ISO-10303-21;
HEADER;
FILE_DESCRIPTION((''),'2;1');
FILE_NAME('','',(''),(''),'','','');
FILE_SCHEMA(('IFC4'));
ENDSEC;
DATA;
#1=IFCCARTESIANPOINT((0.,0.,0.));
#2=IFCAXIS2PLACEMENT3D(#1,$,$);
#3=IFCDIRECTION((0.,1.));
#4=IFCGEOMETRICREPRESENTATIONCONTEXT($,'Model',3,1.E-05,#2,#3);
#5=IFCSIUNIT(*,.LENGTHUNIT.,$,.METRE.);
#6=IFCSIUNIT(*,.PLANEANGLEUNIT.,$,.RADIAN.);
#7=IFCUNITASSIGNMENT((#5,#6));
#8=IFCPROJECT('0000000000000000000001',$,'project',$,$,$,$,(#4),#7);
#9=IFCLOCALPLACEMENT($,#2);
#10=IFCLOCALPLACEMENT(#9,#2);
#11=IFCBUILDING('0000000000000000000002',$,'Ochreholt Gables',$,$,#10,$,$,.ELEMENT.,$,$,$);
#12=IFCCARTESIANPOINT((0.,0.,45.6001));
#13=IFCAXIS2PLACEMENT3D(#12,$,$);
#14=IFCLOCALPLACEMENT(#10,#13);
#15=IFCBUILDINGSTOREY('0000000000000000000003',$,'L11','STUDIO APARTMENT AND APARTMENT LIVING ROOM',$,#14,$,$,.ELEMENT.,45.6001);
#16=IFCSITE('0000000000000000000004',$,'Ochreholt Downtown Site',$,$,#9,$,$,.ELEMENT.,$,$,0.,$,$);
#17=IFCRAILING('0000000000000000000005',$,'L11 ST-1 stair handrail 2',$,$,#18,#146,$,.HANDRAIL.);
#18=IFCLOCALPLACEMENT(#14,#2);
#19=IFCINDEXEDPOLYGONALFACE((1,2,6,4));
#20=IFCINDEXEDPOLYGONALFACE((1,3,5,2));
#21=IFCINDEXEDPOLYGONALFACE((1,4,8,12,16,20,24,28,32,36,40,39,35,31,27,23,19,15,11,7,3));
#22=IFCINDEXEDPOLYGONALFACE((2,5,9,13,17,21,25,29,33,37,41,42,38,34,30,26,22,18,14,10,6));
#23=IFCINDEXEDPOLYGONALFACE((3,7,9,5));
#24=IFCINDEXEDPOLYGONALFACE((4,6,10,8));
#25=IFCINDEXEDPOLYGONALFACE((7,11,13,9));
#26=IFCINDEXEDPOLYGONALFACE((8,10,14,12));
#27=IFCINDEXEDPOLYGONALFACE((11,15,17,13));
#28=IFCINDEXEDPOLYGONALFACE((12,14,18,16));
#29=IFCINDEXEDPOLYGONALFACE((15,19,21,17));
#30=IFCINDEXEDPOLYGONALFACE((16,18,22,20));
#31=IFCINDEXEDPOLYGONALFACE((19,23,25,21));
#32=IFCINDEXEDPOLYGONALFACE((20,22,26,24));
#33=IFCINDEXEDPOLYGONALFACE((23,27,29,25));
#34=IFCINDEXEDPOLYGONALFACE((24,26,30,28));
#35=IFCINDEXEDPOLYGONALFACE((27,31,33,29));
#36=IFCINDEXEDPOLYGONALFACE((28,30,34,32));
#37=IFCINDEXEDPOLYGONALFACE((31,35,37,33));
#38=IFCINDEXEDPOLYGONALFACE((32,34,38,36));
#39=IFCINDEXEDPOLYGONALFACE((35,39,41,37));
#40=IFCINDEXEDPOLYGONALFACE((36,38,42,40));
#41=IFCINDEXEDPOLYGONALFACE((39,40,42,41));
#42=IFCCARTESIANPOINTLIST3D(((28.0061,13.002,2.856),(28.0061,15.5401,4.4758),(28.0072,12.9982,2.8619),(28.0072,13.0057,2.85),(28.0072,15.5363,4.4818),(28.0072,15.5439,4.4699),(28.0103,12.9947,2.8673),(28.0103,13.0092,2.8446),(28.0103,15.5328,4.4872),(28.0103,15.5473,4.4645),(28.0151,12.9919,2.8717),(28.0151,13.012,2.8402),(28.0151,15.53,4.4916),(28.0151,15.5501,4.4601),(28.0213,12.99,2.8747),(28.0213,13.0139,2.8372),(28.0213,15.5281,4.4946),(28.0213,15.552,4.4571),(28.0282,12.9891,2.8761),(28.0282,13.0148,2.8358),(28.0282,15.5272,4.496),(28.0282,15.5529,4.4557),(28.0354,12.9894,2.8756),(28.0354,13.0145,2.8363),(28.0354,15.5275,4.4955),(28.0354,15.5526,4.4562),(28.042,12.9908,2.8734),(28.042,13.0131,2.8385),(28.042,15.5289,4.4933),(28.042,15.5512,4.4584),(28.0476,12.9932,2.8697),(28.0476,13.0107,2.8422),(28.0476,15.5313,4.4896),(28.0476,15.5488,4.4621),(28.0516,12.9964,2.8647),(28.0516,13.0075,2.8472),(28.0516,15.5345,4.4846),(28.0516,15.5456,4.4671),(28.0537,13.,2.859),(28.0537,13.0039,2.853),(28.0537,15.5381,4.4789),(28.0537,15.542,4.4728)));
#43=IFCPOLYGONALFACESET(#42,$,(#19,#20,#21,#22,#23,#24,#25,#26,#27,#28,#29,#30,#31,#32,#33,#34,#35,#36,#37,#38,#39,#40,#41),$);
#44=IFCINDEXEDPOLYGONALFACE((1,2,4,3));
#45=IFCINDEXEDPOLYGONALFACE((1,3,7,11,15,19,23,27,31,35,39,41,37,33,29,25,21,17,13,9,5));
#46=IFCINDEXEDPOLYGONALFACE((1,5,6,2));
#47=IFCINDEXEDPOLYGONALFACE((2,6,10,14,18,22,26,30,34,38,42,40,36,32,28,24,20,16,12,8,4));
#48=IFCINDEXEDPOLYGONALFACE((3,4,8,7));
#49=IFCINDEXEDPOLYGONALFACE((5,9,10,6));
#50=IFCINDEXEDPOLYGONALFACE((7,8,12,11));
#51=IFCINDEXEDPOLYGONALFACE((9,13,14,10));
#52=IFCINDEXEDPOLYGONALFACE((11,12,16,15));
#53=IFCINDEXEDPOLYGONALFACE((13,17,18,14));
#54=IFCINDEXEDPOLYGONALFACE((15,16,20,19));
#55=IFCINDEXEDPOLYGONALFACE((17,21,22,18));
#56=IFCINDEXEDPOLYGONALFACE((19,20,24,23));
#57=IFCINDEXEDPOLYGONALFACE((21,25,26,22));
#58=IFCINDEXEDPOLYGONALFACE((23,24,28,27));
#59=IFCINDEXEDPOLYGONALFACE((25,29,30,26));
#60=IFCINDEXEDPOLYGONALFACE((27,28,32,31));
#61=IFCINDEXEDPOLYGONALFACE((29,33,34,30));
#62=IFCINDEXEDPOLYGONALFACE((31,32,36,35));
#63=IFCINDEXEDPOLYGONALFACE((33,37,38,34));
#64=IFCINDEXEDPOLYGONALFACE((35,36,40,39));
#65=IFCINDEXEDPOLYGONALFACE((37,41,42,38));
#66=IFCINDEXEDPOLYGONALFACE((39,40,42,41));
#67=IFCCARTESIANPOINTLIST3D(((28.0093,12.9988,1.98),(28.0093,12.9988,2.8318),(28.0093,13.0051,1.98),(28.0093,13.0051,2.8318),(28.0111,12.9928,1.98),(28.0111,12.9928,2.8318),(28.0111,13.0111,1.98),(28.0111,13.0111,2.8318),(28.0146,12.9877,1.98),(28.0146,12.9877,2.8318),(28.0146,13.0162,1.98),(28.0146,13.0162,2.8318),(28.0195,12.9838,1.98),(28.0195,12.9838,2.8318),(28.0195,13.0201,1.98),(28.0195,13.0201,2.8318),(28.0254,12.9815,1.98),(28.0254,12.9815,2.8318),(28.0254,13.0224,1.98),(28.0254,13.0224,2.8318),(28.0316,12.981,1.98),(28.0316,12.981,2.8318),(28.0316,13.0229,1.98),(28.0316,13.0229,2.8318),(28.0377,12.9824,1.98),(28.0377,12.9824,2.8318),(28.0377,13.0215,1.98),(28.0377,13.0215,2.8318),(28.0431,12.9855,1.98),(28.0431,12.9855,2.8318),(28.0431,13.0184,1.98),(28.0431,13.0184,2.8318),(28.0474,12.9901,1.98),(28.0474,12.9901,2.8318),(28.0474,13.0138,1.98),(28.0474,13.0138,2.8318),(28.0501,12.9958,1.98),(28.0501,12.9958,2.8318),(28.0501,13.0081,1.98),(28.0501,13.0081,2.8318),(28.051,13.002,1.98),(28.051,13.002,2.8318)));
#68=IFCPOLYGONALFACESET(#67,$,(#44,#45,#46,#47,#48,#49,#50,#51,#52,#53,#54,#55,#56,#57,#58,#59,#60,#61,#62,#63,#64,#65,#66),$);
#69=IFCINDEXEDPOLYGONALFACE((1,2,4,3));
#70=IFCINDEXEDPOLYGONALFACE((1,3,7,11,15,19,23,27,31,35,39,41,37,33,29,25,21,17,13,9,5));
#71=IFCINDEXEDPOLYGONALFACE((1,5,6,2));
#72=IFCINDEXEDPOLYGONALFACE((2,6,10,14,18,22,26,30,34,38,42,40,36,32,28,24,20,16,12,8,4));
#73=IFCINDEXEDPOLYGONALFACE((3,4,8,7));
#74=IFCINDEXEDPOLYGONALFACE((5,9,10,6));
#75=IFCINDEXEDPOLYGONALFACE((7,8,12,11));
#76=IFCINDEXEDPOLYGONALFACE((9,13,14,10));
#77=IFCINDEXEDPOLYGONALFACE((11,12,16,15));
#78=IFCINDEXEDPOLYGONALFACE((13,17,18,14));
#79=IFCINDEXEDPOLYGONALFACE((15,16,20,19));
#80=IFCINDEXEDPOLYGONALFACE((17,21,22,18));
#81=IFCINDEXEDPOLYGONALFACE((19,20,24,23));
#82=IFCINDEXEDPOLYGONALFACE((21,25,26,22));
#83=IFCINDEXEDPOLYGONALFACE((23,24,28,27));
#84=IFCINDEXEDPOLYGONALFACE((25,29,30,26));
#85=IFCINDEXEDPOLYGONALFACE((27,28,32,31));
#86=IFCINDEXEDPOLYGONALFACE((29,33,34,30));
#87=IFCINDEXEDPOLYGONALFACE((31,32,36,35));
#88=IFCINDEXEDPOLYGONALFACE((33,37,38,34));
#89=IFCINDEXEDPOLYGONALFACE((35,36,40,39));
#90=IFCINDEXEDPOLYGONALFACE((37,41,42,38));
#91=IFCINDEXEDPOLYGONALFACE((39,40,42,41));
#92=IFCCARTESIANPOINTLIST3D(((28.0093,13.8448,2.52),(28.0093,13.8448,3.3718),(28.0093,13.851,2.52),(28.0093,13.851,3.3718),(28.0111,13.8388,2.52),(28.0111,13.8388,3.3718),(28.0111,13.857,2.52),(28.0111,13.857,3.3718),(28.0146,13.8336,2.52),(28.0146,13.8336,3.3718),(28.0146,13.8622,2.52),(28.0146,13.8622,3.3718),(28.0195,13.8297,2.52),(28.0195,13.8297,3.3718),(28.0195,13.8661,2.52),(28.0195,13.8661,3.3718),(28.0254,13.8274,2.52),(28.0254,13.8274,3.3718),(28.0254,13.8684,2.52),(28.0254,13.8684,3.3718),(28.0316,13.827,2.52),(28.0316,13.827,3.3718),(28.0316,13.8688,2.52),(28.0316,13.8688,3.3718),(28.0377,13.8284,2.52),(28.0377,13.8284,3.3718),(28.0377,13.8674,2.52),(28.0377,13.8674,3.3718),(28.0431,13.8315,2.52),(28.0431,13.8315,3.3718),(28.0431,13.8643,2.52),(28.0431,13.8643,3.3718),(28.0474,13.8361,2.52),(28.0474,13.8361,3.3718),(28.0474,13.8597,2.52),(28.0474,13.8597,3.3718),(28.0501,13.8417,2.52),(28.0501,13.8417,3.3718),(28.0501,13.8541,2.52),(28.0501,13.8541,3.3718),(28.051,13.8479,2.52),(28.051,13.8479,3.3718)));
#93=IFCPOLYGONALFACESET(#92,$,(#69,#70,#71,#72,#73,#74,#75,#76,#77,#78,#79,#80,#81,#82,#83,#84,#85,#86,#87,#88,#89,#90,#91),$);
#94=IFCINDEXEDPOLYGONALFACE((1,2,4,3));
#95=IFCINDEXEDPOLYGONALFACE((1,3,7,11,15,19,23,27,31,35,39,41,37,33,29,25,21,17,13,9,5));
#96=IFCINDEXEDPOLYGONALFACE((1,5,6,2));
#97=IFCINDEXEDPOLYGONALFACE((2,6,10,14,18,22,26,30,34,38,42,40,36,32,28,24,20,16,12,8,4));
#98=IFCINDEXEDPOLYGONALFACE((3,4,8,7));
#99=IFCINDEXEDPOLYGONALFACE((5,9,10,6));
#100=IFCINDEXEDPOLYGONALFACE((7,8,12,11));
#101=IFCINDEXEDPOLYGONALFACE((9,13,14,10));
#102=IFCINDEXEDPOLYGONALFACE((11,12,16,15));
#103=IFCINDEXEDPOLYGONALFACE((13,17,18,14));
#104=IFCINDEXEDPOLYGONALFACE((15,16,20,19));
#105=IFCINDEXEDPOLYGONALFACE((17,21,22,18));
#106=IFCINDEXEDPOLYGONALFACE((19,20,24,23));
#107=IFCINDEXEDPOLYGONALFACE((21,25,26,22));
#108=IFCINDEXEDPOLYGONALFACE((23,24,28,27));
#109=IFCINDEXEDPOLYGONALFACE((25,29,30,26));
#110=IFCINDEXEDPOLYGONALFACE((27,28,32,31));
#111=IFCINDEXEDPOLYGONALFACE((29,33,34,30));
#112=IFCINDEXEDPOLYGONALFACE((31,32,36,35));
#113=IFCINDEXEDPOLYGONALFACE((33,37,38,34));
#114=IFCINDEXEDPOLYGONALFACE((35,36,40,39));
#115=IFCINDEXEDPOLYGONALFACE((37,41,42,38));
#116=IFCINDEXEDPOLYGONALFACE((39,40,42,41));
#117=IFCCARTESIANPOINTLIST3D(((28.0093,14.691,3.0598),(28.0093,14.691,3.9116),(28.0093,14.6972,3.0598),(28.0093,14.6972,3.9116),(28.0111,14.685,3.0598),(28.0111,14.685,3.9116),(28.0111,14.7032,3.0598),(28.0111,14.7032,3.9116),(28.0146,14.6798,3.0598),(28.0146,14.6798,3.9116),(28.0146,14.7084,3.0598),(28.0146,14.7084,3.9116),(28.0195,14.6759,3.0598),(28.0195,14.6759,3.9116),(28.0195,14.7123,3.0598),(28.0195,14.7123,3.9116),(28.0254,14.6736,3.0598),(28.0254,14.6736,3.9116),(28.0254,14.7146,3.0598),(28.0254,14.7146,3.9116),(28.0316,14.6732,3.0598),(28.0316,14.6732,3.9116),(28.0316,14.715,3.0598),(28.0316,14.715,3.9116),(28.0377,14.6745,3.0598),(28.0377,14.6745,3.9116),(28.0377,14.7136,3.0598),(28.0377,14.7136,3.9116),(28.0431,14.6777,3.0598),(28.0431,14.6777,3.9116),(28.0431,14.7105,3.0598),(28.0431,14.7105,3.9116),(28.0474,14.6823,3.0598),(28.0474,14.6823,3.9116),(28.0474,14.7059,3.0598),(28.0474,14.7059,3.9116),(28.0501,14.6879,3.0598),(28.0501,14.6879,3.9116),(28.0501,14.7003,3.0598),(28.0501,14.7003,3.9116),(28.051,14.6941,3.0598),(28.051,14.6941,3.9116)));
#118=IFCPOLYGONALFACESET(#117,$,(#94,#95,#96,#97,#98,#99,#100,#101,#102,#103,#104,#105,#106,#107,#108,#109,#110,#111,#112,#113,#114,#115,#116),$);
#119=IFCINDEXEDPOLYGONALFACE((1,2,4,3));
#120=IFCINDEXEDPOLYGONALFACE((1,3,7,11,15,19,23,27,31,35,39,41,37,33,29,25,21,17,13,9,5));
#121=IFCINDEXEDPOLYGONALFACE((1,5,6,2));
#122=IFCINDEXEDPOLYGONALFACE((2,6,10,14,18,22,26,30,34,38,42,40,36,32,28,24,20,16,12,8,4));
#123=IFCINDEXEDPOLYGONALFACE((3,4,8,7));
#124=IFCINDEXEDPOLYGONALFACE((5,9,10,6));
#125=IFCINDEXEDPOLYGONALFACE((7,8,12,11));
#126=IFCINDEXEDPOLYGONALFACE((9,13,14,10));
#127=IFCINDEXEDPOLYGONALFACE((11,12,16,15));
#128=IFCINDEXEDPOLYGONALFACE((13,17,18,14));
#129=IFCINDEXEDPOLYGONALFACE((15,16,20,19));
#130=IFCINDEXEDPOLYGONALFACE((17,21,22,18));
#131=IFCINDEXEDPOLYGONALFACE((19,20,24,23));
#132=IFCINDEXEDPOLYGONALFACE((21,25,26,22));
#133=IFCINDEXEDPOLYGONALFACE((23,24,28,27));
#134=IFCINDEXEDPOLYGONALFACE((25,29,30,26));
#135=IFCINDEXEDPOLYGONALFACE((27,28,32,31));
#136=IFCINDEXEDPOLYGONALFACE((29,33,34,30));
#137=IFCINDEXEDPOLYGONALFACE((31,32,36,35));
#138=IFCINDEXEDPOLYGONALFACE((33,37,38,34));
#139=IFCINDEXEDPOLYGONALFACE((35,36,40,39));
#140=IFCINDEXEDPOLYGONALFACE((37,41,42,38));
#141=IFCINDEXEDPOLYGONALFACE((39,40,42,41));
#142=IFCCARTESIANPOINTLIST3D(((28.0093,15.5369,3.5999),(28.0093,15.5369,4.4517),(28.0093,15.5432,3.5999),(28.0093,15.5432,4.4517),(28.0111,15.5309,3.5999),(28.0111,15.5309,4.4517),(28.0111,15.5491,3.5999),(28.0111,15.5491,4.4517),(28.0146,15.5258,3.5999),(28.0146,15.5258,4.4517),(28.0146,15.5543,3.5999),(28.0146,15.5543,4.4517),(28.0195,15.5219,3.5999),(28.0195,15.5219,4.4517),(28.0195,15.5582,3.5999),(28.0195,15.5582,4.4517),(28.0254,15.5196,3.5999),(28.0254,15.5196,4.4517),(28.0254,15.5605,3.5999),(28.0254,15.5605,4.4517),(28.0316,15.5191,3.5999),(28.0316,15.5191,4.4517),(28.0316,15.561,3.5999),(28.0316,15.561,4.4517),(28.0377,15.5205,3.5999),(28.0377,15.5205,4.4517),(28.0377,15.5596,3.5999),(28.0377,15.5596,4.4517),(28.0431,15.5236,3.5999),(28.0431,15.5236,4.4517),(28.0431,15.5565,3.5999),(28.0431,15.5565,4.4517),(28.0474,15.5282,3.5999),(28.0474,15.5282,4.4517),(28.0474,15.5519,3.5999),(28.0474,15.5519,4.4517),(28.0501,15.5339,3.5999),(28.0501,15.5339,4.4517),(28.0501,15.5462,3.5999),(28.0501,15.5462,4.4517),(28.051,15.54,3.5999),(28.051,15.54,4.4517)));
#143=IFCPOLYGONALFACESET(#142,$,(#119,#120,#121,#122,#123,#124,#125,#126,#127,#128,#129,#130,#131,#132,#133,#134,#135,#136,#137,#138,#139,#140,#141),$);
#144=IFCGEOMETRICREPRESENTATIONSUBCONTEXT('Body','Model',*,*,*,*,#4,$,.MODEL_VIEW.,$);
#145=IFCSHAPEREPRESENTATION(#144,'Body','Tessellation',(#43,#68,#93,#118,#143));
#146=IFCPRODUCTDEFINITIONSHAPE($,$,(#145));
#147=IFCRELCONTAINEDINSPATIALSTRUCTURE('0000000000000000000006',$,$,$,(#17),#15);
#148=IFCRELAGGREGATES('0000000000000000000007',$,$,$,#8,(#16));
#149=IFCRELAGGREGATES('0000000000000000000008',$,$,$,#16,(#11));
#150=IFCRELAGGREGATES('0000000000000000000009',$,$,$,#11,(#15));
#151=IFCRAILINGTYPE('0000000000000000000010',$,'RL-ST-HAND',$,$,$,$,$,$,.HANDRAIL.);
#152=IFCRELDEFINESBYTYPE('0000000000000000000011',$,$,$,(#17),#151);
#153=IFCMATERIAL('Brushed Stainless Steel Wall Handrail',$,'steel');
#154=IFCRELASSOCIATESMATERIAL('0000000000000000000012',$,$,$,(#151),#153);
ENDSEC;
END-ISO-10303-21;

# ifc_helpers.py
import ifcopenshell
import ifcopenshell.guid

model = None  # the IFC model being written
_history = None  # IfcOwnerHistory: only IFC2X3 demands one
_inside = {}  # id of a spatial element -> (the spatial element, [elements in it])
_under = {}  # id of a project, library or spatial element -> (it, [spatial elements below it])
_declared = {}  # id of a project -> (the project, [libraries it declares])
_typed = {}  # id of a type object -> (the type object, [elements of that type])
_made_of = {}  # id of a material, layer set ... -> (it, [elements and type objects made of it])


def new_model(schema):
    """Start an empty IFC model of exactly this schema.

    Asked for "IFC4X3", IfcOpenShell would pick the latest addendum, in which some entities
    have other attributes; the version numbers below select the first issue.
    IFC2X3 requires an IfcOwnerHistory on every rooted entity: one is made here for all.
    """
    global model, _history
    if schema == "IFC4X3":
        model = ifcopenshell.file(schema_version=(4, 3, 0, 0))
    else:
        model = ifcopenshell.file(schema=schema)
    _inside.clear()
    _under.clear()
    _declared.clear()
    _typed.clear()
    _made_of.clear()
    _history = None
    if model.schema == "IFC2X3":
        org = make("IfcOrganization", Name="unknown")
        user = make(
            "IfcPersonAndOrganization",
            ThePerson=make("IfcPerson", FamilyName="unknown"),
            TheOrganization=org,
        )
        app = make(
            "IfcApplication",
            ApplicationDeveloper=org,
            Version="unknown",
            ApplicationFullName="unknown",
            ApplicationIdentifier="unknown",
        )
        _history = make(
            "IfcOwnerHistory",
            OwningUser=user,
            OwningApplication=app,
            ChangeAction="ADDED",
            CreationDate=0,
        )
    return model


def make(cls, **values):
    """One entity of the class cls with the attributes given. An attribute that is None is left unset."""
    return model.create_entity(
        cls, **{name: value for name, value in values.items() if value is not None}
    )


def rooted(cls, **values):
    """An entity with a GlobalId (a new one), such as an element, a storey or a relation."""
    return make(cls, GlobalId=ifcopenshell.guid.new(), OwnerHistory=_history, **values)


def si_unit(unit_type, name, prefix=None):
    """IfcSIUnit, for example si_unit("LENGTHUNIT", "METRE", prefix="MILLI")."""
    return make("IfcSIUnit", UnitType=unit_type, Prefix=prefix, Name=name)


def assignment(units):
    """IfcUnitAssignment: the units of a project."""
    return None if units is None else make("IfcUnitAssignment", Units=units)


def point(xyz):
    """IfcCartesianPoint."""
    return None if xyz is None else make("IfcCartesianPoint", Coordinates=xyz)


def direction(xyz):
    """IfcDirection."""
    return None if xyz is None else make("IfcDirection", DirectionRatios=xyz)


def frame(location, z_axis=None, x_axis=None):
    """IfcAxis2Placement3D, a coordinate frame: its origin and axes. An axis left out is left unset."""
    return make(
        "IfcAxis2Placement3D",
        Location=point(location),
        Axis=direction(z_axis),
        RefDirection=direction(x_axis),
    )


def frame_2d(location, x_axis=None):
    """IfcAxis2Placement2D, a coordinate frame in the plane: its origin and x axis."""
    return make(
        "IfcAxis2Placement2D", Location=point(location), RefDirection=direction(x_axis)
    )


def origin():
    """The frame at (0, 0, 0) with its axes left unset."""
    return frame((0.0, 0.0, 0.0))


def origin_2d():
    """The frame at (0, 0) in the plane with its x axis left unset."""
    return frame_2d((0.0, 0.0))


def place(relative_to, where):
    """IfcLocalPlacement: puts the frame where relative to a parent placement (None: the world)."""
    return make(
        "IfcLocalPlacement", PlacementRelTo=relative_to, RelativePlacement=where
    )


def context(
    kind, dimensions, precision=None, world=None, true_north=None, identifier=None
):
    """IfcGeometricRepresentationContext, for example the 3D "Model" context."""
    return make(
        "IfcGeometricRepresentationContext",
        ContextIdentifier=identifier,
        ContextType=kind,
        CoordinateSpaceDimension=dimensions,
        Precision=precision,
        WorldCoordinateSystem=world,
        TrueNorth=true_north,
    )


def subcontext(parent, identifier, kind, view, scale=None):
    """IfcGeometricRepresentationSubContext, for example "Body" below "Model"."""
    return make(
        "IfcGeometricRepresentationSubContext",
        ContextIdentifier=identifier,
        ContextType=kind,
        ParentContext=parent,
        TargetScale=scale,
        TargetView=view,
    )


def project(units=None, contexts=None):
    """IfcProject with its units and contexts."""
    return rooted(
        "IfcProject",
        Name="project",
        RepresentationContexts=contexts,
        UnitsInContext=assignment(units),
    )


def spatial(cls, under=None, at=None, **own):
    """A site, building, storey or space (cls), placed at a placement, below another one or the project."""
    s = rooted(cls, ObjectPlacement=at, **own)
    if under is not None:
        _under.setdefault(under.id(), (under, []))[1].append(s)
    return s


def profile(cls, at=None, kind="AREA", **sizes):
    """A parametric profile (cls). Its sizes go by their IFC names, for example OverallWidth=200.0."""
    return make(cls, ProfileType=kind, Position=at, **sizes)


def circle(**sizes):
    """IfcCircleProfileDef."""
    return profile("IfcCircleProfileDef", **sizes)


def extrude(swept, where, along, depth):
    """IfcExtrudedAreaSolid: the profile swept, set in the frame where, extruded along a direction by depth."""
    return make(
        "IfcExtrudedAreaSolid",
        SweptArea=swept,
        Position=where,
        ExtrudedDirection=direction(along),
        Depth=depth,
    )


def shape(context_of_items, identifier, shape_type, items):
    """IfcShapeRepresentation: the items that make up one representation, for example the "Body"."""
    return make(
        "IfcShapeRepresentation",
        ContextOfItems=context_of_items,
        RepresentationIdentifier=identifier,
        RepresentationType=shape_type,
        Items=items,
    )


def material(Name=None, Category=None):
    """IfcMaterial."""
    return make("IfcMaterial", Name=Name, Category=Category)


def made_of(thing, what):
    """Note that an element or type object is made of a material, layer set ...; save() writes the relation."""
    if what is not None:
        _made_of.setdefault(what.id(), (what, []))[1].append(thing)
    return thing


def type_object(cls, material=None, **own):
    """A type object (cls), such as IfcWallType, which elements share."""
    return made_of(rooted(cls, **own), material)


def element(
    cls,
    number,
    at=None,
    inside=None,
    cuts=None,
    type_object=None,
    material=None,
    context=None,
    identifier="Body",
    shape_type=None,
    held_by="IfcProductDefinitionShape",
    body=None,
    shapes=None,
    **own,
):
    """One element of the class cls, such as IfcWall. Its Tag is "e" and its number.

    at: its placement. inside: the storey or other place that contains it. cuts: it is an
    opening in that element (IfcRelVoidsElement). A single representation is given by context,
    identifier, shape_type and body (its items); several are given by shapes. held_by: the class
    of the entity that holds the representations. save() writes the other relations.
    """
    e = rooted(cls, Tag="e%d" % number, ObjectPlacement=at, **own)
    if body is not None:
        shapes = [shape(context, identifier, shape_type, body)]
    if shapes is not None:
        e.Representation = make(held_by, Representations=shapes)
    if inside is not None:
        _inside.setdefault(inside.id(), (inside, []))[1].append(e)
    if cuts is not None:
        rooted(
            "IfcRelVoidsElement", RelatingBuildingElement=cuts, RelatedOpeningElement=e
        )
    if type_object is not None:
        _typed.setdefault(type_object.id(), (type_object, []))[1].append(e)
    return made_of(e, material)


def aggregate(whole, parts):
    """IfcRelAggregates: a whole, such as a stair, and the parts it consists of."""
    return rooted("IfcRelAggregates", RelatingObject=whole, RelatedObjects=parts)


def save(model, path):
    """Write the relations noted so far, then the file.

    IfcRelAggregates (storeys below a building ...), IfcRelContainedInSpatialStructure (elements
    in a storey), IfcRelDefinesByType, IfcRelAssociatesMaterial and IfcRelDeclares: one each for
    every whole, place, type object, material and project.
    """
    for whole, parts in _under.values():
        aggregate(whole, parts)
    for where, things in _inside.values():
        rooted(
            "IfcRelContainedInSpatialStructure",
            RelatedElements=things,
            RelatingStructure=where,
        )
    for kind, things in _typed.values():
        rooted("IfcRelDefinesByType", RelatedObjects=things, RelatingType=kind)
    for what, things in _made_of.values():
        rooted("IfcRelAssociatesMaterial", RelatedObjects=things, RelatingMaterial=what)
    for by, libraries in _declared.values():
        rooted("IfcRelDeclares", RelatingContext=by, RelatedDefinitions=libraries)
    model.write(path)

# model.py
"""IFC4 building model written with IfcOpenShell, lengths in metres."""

from ifc_helpers import new_model, si_unit, direction, frame, origin, origin_2d, place, context, subcontext, project, spatial, circle, extrude, material, type_object, element, save


model = new_model("IFC4")

# Units and contexts
model_context = context("Model", 3, precision=1e-05, world=origin(), true_north=direction((0.0, 1.0)))
body_context = subcontext(model_context, "Body", "Model", "MODEL_VIEW")
ifc_project = project(units=[si_unit("LENGTHUNIT", "METRE"), si_unit("PLANEANGLEUNIT", "RADIAN")], contexts=[model_context])

# Site, building, storey
site_placement = place(None, origin())
site = spatial("IfcSite", under=ifc_project, at=site_placement, Name="Ochreholt Downtown Site", CompositionType="ELEMENT", RefElevation=0.0)
building_placement = place(site_placement, origin())
building = spatial("IfcBuilding", under=site, at=building_placement, Name="Ochreholt Gables", CompositionType="ELEMENT")
storey_placement = place(building_placement, frame((0.0, 0.0, 45.6001)))
storey = spatial("IfcBuildingStorey", under=building, at=storey_placement, Name="L11", Description="STUDIO APARTMENT AND APARTMENT LIVING ROOM", CompositionType="ELEMENT", Elevation=45.6001)

# Railing
ifc_material_1 = material(Name="Brushed Stainless Steel Wall Handrail", Category="steel")
railing_type_1 = type_object("IfcRailingType", Name="RL-ST-HAND", PredefinedType="HANDRAIL", material=ifc_material_1)
railing_1_placement = place(storey_placement, frame((28.03, 13.002, 1.98)))
element("IfcRailing", 1, at=railing_1_placement, inside=storey, type_object=railing_type_1, Name="L11 ST-1 stair handrail 2", PredefinedType="HANDRAIL", context=body_context, shape_type="SweptSolid", body=[
    extrude(circle(Radius=0.0239, at=origin_2d()), frame((0.0, 0.0, 0.876), z_axis=(0.0, 0.84295, 0.537993), x_axis=(-1.0, 0.0, 0.0)), (0.0, 0.0, 1.0), 3.011),
    extrude(circle(Radius=0.021, at=origin_2d()), origin(), (0.0, 0.0, 1.0), 0.8518),
    extrude(circle(Radius=0.021, at=origin_2d()), frame((0.0, 0.8459, 0.54)), (0.0, 0.0, 1.0), 0.8518),
    extrude(circle(Radius=0.021, at=origin_2d()), frame((0.0, 1.6921, 1.0798)), (0.0, 0.0, 1.0), 0.8518),
    extrude(circle(Radius=0.021, at=origin_2d()), frame((0.0, 2.5381, 1.6199)), (0.0, 0.0, 1.0), 0.8518),
])

save(model, "model.ifc")
